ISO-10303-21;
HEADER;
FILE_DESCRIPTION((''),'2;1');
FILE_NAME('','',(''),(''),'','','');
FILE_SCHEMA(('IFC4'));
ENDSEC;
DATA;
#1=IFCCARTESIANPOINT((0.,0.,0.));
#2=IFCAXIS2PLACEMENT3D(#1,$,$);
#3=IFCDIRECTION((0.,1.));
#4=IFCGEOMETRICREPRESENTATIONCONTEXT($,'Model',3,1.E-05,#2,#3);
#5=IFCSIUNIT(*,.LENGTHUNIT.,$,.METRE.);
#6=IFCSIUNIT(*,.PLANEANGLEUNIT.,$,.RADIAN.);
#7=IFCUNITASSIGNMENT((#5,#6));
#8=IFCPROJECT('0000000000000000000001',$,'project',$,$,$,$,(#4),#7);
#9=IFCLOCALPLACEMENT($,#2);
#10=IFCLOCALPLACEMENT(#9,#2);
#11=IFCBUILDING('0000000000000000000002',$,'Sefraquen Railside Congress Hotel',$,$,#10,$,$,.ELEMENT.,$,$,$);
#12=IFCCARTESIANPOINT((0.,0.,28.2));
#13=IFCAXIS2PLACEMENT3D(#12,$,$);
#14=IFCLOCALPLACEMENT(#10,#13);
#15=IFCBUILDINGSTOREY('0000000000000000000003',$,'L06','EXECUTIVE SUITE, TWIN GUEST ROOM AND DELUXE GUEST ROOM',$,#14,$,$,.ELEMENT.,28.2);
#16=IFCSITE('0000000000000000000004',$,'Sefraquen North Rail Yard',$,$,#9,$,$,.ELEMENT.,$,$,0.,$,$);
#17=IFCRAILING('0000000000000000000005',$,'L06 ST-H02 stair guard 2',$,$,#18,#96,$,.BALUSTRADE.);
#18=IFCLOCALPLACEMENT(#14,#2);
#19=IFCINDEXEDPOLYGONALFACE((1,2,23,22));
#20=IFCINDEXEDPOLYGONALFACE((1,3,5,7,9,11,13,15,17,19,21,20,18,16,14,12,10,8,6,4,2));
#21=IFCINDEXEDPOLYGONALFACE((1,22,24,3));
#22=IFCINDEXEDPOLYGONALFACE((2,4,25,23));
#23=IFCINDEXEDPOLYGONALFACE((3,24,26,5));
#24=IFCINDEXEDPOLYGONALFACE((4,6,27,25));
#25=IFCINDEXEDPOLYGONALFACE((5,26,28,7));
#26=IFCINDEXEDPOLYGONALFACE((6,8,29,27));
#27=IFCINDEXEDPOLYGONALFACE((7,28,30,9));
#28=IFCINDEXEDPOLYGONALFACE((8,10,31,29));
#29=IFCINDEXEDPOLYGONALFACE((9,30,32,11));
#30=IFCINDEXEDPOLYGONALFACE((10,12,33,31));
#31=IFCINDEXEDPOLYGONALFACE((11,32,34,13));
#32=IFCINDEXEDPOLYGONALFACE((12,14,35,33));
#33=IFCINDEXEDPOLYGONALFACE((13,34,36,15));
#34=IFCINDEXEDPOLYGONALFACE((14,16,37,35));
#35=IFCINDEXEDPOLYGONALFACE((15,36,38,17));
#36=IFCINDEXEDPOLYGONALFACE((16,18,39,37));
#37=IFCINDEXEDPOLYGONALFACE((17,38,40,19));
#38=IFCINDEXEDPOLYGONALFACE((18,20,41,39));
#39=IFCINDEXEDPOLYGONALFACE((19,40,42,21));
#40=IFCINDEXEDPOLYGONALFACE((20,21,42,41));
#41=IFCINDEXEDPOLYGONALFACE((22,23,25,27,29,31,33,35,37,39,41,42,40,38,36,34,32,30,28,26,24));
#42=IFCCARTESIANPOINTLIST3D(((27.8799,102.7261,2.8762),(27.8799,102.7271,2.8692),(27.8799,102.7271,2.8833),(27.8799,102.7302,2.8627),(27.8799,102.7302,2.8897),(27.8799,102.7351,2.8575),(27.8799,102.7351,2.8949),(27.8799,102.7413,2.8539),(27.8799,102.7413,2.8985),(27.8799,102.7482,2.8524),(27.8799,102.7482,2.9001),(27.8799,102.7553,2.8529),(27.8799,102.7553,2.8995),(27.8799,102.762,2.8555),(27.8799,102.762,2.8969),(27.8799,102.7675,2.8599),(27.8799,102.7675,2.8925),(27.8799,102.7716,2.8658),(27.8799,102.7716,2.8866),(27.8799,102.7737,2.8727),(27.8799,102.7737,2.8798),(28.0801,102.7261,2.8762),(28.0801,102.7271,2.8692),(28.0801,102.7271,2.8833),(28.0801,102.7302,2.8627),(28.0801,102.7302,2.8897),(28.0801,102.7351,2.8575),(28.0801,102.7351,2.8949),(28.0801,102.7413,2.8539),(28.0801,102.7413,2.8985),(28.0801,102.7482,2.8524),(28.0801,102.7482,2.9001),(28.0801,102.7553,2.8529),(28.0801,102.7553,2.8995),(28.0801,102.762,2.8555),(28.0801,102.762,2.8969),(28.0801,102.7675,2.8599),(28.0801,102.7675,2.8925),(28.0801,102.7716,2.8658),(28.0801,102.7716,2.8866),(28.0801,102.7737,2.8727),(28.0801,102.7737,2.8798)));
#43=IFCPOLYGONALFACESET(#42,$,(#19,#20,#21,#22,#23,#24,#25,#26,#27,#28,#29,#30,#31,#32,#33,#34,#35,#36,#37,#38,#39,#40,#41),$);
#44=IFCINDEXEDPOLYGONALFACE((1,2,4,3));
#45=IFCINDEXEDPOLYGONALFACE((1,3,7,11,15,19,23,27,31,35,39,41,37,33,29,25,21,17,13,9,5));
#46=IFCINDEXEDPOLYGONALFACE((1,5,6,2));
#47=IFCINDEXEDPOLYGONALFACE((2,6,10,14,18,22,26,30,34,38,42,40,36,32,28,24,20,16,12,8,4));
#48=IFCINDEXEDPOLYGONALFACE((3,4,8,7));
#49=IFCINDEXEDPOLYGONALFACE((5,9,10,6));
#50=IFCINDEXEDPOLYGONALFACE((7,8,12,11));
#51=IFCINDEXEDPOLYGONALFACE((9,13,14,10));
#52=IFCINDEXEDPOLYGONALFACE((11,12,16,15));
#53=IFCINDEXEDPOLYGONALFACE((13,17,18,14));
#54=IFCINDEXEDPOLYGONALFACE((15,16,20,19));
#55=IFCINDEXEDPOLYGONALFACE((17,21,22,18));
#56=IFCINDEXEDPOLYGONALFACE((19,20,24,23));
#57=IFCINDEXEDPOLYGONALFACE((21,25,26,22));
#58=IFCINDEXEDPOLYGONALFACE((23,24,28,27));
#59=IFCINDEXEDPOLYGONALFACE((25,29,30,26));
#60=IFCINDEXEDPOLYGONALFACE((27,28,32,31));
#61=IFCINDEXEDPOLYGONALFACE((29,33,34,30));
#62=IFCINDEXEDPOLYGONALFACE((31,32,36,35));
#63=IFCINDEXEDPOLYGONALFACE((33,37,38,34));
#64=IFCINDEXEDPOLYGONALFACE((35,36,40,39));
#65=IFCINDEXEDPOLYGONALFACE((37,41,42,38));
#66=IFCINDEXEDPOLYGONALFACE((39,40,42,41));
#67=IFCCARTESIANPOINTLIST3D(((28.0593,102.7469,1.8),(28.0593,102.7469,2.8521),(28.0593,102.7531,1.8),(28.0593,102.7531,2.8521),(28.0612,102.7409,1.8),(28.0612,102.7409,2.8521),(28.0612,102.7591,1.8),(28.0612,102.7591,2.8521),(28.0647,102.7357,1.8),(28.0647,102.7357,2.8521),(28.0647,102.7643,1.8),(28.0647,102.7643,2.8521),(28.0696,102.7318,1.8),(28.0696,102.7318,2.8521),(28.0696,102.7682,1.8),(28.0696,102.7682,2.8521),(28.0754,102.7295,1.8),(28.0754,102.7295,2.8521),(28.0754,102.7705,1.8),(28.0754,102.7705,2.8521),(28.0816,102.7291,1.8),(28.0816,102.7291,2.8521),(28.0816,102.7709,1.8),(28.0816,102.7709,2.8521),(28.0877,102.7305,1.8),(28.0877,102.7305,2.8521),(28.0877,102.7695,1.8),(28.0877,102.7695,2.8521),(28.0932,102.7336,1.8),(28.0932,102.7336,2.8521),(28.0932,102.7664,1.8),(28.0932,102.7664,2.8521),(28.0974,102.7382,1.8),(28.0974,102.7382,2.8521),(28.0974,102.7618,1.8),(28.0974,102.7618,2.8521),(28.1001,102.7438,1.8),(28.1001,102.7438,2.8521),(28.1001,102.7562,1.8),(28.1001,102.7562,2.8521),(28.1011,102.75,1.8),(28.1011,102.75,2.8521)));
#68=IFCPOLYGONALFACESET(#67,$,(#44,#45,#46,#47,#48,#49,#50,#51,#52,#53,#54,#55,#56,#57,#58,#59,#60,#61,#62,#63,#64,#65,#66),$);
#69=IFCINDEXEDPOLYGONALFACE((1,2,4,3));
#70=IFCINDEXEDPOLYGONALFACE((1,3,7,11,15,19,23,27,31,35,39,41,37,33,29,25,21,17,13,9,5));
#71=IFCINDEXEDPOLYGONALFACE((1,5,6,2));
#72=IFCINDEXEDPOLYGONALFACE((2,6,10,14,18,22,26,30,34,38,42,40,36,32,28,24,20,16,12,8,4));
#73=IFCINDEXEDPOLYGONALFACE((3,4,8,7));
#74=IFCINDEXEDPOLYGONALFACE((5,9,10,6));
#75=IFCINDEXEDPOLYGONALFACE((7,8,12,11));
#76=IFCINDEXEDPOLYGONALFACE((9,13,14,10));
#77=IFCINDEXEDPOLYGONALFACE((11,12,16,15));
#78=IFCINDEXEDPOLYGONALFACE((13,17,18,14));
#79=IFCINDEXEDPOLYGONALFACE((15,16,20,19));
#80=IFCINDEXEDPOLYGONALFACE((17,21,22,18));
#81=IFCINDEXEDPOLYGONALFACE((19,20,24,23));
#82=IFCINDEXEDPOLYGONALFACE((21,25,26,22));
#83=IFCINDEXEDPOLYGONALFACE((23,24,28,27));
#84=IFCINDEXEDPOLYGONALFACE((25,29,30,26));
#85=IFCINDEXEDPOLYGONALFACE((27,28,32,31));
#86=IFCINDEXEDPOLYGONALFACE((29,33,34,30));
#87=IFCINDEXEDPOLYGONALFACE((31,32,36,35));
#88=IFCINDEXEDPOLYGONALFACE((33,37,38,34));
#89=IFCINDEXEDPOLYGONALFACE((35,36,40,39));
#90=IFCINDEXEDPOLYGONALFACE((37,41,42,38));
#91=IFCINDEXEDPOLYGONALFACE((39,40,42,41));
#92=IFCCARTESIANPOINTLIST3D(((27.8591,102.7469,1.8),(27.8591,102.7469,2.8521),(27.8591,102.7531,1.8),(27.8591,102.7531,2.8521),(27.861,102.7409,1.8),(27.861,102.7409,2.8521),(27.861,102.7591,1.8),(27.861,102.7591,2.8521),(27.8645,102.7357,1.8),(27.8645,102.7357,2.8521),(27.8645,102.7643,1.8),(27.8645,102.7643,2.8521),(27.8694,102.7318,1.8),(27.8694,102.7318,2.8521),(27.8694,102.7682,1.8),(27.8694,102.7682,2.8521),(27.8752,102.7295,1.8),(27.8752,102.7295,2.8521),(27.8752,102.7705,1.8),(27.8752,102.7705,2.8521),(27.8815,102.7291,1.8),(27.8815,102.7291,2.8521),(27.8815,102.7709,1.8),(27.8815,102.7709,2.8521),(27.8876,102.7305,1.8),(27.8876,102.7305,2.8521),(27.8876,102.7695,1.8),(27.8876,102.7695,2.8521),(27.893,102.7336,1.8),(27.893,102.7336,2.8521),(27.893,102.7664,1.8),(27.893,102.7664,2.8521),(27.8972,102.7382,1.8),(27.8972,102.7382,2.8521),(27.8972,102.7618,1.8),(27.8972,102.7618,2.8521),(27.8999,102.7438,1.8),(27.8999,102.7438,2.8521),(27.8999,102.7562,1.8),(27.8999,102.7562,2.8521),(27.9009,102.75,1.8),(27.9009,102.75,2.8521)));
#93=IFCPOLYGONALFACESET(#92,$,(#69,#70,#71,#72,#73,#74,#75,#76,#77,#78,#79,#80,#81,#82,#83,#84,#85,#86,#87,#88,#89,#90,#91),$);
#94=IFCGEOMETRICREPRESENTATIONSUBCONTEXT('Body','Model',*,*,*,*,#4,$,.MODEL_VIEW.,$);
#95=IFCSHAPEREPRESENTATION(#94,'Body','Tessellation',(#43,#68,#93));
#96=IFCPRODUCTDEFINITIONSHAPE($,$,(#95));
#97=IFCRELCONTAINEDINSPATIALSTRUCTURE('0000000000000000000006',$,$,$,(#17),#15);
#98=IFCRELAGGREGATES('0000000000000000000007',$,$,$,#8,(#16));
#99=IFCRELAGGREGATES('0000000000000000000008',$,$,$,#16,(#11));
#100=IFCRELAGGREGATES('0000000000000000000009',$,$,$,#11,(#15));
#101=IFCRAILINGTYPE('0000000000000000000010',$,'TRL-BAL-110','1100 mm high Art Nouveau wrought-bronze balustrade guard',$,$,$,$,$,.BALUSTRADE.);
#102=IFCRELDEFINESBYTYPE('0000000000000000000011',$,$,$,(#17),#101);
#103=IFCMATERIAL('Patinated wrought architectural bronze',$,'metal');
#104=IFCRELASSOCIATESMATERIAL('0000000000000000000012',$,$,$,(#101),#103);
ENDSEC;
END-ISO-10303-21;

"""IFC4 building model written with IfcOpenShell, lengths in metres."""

from ifc_helpers import new_model, si_unit, direction, frame, origin, origin_2d, place, context, subcontext, project, spatial, circle, extrude, material, type_object, element, save


model = new_model("IFC4")

# Units and contexts
model_context = context("Model", 3, precision=1e-05, world=origin(), true_north=direction((0.0, 1.0)))
body_context = subcontext(model_context, "Body", "Model", "MODEL_VIEW")
ifc_project = project(units=[si_unit("LENGTHUNIT", "METRE"), si_unit("PLANEANGLEUNIT", "RADIAN")], contexts=[model_context])

# Site, building, storey
site_placement = place(None, origin())
site = spatial("IfcSite", under=ifc_project, at=site_placement, Name="Sefraquen North Rail Yard", CompositionType="ELEMENT", RefElevation=0.0)
building_placement = place(site_placement, origin())
building = spatial("IfcBuilding", under=site, at=building_placement, Name="Sefraquen Railside Congress Hotel", CompositionType="ELEMENT")
storey_placement = place(building_placement, frame((0.0, 0.0, 28.2)))
storey = spatial("IfcBuildingStorey", under=building, at=storey_placement, Name="L06", Description="EXECUTIVE SUITE, TWIN GUEST ROOM AND DELUXE GUEST ROOM", CompositionType="ELEMENT", Elevation=28.2)

# Railing
ifc_material_1 = material(Name="Patinated wrought architectural bronze", Category="metal")
railing_type_1 = type_object("IfcRailingType", Name="TRL-BAL-110", Description="1100 mm high Art Nouveau wrought-bronze balustrade guard", PredefinedType="BALUSTRADE", material=ifc_material_1)
railing_1_placement = place(storey_placement, frame((28.0801, 102.75, 1.8)))
element("IfcRailing", 1, at=railing_1_placement, inside=storey, type_object=railing_type_1, Name="L06 ST-H02 stair guard 2", PredefinedType="BALUSTRADE", context=body_context, shape_type="SweptSolid", body=[
    extrude(circle(Radius=0.0239, at=origin_2d()), frame((0.0, 0.0, 1.0762), z_axis=(-1.0, 0.0, 0.0), x_axis=(0.0, -1.0, 0.0)), (0.0, 0.0, 1.0), 0.2002),
    extrude(circle(Radius=0.021, at=origin_2d()), origin(), (0.0, 0.0, 1.0), 1.052),
    extrude(circle(Radius=0.021, at=origin_2d()), frame((-0.2002, 0.0, 0.0)), (0.0, 0.0, 1.0), 1.052),
])

save(model, "model.ifc")
